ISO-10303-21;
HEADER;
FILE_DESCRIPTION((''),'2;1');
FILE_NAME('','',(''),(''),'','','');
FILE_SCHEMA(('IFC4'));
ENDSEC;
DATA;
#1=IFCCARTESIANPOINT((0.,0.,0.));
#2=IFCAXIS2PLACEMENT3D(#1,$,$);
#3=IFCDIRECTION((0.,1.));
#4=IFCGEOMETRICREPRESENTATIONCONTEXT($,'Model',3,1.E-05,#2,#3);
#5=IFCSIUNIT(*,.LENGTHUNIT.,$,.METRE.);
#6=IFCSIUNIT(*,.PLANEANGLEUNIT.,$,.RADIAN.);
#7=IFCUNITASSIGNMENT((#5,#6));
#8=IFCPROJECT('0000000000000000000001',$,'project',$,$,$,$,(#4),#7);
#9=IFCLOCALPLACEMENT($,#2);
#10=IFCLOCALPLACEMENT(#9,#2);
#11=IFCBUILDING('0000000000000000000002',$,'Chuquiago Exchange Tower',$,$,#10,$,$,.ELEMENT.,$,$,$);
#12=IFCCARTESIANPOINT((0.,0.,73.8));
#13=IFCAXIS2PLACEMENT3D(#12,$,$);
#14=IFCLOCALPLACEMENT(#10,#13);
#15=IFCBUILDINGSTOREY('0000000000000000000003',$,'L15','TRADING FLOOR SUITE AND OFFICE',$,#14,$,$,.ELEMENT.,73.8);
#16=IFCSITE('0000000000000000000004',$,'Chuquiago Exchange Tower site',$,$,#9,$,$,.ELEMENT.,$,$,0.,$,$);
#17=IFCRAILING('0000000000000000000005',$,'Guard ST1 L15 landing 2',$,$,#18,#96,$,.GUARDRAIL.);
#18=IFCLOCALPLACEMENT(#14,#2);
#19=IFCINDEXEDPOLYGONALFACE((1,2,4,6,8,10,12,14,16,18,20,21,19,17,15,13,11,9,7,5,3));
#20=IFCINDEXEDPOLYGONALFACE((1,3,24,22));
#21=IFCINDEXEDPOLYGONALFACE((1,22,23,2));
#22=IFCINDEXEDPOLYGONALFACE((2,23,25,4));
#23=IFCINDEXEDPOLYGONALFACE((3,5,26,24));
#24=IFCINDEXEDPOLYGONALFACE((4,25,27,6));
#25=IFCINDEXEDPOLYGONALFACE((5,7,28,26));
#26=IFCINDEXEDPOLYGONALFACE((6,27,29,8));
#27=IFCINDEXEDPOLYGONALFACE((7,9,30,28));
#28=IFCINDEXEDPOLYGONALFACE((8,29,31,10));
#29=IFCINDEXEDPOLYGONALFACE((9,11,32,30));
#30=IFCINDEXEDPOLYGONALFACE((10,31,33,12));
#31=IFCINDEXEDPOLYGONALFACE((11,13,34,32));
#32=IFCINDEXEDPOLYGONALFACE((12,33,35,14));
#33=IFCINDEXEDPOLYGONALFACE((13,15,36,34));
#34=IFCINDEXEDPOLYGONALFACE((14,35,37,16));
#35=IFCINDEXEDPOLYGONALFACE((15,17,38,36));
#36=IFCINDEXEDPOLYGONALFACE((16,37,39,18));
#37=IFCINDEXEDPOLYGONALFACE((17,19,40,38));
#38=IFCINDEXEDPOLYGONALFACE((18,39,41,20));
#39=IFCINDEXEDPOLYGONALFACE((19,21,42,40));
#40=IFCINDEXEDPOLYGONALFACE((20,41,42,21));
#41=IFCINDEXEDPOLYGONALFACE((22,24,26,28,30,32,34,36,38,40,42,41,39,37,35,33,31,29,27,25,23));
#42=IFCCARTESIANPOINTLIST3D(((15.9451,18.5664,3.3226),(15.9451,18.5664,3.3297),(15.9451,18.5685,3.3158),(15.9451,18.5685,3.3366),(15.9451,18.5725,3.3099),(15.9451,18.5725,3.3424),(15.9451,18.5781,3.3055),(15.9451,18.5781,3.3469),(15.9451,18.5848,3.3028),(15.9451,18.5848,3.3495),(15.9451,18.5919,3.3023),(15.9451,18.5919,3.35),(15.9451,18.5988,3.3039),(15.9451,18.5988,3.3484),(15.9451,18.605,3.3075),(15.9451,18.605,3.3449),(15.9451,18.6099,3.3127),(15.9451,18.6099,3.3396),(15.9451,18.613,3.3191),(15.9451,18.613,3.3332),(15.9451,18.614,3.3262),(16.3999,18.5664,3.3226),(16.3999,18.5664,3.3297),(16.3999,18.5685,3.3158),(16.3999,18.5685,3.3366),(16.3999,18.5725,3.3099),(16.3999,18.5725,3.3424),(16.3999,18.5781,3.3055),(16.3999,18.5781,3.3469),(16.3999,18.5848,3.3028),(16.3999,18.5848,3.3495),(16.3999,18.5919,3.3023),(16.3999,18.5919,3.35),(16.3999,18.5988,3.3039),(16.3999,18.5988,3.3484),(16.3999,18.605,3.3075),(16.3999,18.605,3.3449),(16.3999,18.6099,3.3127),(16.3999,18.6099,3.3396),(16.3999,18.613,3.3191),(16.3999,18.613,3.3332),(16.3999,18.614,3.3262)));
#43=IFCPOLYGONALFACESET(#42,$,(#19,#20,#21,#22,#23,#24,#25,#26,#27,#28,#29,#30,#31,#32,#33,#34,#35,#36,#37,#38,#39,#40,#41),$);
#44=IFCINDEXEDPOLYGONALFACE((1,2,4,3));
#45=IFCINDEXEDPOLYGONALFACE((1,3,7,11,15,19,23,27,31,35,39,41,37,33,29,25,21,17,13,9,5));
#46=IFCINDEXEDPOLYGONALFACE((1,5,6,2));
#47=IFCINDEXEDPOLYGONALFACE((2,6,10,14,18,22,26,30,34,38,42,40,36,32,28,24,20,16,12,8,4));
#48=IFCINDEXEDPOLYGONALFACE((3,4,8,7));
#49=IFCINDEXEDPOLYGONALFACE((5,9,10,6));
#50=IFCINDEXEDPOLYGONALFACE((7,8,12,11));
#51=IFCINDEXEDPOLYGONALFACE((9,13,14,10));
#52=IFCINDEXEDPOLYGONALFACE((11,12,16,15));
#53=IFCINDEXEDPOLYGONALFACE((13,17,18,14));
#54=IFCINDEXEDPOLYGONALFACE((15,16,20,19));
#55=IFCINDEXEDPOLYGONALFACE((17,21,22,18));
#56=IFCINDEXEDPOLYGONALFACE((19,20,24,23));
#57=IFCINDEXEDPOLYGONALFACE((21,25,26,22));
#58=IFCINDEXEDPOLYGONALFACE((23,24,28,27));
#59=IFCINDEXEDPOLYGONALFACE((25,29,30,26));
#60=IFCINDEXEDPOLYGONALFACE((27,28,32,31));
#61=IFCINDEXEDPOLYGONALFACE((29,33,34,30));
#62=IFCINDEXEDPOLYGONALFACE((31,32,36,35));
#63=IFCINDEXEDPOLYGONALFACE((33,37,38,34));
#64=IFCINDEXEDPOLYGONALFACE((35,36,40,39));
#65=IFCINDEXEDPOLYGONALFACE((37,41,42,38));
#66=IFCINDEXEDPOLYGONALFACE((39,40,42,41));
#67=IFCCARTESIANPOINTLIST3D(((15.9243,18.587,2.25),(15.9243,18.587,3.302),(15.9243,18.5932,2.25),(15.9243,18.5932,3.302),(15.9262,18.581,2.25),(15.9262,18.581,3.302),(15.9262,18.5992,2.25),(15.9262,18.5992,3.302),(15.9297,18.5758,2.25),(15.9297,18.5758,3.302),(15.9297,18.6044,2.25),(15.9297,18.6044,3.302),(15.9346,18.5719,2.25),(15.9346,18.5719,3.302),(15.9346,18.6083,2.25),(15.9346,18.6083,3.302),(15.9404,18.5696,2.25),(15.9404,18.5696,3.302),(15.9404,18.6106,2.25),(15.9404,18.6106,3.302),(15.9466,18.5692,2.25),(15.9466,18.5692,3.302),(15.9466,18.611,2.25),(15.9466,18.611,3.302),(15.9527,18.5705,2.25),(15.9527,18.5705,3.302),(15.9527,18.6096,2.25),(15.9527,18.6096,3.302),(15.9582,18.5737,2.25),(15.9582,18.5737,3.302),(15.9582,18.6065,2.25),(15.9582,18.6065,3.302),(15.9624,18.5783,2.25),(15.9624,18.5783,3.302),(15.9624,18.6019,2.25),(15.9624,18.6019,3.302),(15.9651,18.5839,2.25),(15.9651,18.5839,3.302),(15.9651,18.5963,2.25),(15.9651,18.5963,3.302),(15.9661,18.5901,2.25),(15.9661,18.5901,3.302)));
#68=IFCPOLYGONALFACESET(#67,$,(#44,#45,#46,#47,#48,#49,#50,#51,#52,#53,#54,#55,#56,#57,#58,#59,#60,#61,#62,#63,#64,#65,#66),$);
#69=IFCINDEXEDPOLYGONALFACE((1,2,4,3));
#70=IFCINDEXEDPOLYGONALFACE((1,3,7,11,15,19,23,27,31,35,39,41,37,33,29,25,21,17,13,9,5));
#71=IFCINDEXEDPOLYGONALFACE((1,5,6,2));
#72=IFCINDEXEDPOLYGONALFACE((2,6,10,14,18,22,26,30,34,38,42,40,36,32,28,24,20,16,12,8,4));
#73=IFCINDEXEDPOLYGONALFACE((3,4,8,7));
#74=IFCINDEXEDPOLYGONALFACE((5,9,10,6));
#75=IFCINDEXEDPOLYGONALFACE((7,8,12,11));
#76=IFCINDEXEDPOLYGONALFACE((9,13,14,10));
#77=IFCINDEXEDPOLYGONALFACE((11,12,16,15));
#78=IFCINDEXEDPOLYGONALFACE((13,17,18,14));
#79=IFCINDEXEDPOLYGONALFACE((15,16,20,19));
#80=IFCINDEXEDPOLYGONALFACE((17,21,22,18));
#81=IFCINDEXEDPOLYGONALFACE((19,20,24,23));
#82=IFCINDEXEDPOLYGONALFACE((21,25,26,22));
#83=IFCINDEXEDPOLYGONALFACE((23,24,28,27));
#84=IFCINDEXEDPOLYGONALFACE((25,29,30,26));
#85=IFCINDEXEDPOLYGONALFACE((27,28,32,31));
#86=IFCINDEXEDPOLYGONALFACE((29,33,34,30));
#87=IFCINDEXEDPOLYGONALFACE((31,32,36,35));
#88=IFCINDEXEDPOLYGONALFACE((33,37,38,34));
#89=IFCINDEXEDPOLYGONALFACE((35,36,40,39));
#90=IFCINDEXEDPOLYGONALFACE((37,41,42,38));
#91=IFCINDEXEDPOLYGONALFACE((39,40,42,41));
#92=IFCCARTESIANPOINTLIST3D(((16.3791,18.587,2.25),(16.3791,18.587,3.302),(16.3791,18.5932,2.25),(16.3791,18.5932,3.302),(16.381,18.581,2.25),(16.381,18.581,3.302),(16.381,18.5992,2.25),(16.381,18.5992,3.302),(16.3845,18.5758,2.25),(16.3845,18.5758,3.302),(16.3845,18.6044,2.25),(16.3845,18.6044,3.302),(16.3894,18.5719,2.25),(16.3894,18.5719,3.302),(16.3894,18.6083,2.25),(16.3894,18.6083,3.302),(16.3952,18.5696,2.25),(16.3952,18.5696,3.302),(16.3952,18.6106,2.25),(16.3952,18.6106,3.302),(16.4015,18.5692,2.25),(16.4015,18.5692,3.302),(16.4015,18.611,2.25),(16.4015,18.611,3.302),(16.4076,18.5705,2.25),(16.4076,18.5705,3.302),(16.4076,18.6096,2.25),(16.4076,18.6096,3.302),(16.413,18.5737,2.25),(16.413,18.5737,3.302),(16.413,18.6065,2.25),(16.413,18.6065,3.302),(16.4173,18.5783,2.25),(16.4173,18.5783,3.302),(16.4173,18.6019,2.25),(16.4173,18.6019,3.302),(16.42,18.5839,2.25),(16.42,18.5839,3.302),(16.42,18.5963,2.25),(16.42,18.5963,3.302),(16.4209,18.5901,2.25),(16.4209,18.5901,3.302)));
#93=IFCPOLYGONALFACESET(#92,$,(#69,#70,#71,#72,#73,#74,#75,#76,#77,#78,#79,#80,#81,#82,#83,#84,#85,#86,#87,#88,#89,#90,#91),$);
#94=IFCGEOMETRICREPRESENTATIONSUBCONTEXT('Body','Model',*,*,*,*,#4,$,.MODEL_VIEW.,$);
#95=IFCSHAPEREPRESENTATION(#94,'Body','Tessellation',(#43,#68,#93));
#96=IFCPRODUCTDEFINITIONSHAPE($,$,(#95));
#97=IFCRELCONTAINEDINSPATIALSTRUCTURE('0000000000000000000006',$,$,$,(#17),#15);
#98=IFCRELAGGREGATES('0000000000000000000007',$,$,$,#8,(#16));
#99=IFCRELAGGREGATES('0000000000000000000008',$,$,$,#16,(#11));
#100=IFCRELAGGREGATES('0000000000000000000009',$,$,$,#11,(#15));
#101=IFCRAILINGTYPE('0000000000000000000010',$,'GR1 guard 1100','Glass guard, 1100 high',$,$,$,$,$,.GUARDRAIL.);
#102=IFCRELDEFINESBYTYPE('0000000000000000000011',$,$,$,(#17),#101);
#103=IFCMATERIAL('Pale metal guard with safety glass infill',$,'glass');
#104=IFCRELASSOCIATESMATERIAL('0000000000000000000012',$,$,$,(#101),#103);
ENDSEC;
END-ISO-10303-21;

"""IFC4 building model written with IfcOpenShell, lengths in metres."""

from ifc_helpers import new_model, si_unit, direction, frame, origin, origin_2d, place, context, subcontext, project, spatial, circle, extrude, material, type_object, element, save


model = new_model("IFC4")

# Units and contexts
model_context = context("Model", 3, precision=1e-05, world=origin(), true_north=direction((0.0, 1.0)))
body_context = subcontext(model_context, "Body", "Model", "MODEL_VIEW")
ifc_project = project(units=[si_unit("LENGTHUNIT", "METRE"), si_unit("PLANEANGLEUNIT", "RADIAN")], contexts=[model_context])

# Site, building, storey
site_placement = place(None, origin())
site = spatial("IfcSite", under=ifc_project, at=site_placement, Name="Chuquiago Exchange Tower site", CompositionType="ELEMENT", RefElevation=0.0)
building_placement = place(site_placement, origin())
building = spatial("IfcBuilding", under=site, at=building_placement, Name="Chuquiago Exchange Tower", CompositionType="ELEMENT")
storey_placement = place(building_placement, frame((0.0, 0.0, 73.8)))
storey = spatial("IfcBuildingStorey", under=building, at=storey_placement, Name="L15", Description="TRADING FLOOR SUITE AND OFFICE", CompositionType="ELEMENT", Elevation=73.8)

# Railing
ifc_material_1 = material(Name="Pale metal guard with safety glass infill", Category="glass")
railing_type_1 = type_object("IfcRailingType", Name="GR1 guard 1100", Description="Glass guard, 1100 high", PredefinedType="GUARDRAIL", material=ifc_material_1)
for number, where, name in (
    (1, (15.9451, 18.5901, 2.25), "Guard ST1 L15 landing 2"),
):
    element("IfcRailing", number, at=place(storey_placement, frame(where)), inside=storey, type_object=railing_type_1, Name=name, PredefinedType="GUARDRAIL", context=body_context, shape_type="SweptSolid", body=[
        extrude(circle(Radius=0.0239, at=origin_2d()), frame((0.0, 0.0, 1.0762), z_axis=(1.0, 0.0, 0.0), x_axis=(0.0, 1.0, 0.0)), (0.0, 0.0, 1.0), 0.4548),
        extrude(circle(Radius=0.021, at=origin_2d()), origin(), (0.0, 0.0, 1.0), 1.052),
        extrude(circle(Radius=0.021, at=origin_2d()), frame((0.4548, 0.0, 0.0)), (0.0, 0.0, 1.0), 1.052),
    ])

save(model, "model.ifc")
